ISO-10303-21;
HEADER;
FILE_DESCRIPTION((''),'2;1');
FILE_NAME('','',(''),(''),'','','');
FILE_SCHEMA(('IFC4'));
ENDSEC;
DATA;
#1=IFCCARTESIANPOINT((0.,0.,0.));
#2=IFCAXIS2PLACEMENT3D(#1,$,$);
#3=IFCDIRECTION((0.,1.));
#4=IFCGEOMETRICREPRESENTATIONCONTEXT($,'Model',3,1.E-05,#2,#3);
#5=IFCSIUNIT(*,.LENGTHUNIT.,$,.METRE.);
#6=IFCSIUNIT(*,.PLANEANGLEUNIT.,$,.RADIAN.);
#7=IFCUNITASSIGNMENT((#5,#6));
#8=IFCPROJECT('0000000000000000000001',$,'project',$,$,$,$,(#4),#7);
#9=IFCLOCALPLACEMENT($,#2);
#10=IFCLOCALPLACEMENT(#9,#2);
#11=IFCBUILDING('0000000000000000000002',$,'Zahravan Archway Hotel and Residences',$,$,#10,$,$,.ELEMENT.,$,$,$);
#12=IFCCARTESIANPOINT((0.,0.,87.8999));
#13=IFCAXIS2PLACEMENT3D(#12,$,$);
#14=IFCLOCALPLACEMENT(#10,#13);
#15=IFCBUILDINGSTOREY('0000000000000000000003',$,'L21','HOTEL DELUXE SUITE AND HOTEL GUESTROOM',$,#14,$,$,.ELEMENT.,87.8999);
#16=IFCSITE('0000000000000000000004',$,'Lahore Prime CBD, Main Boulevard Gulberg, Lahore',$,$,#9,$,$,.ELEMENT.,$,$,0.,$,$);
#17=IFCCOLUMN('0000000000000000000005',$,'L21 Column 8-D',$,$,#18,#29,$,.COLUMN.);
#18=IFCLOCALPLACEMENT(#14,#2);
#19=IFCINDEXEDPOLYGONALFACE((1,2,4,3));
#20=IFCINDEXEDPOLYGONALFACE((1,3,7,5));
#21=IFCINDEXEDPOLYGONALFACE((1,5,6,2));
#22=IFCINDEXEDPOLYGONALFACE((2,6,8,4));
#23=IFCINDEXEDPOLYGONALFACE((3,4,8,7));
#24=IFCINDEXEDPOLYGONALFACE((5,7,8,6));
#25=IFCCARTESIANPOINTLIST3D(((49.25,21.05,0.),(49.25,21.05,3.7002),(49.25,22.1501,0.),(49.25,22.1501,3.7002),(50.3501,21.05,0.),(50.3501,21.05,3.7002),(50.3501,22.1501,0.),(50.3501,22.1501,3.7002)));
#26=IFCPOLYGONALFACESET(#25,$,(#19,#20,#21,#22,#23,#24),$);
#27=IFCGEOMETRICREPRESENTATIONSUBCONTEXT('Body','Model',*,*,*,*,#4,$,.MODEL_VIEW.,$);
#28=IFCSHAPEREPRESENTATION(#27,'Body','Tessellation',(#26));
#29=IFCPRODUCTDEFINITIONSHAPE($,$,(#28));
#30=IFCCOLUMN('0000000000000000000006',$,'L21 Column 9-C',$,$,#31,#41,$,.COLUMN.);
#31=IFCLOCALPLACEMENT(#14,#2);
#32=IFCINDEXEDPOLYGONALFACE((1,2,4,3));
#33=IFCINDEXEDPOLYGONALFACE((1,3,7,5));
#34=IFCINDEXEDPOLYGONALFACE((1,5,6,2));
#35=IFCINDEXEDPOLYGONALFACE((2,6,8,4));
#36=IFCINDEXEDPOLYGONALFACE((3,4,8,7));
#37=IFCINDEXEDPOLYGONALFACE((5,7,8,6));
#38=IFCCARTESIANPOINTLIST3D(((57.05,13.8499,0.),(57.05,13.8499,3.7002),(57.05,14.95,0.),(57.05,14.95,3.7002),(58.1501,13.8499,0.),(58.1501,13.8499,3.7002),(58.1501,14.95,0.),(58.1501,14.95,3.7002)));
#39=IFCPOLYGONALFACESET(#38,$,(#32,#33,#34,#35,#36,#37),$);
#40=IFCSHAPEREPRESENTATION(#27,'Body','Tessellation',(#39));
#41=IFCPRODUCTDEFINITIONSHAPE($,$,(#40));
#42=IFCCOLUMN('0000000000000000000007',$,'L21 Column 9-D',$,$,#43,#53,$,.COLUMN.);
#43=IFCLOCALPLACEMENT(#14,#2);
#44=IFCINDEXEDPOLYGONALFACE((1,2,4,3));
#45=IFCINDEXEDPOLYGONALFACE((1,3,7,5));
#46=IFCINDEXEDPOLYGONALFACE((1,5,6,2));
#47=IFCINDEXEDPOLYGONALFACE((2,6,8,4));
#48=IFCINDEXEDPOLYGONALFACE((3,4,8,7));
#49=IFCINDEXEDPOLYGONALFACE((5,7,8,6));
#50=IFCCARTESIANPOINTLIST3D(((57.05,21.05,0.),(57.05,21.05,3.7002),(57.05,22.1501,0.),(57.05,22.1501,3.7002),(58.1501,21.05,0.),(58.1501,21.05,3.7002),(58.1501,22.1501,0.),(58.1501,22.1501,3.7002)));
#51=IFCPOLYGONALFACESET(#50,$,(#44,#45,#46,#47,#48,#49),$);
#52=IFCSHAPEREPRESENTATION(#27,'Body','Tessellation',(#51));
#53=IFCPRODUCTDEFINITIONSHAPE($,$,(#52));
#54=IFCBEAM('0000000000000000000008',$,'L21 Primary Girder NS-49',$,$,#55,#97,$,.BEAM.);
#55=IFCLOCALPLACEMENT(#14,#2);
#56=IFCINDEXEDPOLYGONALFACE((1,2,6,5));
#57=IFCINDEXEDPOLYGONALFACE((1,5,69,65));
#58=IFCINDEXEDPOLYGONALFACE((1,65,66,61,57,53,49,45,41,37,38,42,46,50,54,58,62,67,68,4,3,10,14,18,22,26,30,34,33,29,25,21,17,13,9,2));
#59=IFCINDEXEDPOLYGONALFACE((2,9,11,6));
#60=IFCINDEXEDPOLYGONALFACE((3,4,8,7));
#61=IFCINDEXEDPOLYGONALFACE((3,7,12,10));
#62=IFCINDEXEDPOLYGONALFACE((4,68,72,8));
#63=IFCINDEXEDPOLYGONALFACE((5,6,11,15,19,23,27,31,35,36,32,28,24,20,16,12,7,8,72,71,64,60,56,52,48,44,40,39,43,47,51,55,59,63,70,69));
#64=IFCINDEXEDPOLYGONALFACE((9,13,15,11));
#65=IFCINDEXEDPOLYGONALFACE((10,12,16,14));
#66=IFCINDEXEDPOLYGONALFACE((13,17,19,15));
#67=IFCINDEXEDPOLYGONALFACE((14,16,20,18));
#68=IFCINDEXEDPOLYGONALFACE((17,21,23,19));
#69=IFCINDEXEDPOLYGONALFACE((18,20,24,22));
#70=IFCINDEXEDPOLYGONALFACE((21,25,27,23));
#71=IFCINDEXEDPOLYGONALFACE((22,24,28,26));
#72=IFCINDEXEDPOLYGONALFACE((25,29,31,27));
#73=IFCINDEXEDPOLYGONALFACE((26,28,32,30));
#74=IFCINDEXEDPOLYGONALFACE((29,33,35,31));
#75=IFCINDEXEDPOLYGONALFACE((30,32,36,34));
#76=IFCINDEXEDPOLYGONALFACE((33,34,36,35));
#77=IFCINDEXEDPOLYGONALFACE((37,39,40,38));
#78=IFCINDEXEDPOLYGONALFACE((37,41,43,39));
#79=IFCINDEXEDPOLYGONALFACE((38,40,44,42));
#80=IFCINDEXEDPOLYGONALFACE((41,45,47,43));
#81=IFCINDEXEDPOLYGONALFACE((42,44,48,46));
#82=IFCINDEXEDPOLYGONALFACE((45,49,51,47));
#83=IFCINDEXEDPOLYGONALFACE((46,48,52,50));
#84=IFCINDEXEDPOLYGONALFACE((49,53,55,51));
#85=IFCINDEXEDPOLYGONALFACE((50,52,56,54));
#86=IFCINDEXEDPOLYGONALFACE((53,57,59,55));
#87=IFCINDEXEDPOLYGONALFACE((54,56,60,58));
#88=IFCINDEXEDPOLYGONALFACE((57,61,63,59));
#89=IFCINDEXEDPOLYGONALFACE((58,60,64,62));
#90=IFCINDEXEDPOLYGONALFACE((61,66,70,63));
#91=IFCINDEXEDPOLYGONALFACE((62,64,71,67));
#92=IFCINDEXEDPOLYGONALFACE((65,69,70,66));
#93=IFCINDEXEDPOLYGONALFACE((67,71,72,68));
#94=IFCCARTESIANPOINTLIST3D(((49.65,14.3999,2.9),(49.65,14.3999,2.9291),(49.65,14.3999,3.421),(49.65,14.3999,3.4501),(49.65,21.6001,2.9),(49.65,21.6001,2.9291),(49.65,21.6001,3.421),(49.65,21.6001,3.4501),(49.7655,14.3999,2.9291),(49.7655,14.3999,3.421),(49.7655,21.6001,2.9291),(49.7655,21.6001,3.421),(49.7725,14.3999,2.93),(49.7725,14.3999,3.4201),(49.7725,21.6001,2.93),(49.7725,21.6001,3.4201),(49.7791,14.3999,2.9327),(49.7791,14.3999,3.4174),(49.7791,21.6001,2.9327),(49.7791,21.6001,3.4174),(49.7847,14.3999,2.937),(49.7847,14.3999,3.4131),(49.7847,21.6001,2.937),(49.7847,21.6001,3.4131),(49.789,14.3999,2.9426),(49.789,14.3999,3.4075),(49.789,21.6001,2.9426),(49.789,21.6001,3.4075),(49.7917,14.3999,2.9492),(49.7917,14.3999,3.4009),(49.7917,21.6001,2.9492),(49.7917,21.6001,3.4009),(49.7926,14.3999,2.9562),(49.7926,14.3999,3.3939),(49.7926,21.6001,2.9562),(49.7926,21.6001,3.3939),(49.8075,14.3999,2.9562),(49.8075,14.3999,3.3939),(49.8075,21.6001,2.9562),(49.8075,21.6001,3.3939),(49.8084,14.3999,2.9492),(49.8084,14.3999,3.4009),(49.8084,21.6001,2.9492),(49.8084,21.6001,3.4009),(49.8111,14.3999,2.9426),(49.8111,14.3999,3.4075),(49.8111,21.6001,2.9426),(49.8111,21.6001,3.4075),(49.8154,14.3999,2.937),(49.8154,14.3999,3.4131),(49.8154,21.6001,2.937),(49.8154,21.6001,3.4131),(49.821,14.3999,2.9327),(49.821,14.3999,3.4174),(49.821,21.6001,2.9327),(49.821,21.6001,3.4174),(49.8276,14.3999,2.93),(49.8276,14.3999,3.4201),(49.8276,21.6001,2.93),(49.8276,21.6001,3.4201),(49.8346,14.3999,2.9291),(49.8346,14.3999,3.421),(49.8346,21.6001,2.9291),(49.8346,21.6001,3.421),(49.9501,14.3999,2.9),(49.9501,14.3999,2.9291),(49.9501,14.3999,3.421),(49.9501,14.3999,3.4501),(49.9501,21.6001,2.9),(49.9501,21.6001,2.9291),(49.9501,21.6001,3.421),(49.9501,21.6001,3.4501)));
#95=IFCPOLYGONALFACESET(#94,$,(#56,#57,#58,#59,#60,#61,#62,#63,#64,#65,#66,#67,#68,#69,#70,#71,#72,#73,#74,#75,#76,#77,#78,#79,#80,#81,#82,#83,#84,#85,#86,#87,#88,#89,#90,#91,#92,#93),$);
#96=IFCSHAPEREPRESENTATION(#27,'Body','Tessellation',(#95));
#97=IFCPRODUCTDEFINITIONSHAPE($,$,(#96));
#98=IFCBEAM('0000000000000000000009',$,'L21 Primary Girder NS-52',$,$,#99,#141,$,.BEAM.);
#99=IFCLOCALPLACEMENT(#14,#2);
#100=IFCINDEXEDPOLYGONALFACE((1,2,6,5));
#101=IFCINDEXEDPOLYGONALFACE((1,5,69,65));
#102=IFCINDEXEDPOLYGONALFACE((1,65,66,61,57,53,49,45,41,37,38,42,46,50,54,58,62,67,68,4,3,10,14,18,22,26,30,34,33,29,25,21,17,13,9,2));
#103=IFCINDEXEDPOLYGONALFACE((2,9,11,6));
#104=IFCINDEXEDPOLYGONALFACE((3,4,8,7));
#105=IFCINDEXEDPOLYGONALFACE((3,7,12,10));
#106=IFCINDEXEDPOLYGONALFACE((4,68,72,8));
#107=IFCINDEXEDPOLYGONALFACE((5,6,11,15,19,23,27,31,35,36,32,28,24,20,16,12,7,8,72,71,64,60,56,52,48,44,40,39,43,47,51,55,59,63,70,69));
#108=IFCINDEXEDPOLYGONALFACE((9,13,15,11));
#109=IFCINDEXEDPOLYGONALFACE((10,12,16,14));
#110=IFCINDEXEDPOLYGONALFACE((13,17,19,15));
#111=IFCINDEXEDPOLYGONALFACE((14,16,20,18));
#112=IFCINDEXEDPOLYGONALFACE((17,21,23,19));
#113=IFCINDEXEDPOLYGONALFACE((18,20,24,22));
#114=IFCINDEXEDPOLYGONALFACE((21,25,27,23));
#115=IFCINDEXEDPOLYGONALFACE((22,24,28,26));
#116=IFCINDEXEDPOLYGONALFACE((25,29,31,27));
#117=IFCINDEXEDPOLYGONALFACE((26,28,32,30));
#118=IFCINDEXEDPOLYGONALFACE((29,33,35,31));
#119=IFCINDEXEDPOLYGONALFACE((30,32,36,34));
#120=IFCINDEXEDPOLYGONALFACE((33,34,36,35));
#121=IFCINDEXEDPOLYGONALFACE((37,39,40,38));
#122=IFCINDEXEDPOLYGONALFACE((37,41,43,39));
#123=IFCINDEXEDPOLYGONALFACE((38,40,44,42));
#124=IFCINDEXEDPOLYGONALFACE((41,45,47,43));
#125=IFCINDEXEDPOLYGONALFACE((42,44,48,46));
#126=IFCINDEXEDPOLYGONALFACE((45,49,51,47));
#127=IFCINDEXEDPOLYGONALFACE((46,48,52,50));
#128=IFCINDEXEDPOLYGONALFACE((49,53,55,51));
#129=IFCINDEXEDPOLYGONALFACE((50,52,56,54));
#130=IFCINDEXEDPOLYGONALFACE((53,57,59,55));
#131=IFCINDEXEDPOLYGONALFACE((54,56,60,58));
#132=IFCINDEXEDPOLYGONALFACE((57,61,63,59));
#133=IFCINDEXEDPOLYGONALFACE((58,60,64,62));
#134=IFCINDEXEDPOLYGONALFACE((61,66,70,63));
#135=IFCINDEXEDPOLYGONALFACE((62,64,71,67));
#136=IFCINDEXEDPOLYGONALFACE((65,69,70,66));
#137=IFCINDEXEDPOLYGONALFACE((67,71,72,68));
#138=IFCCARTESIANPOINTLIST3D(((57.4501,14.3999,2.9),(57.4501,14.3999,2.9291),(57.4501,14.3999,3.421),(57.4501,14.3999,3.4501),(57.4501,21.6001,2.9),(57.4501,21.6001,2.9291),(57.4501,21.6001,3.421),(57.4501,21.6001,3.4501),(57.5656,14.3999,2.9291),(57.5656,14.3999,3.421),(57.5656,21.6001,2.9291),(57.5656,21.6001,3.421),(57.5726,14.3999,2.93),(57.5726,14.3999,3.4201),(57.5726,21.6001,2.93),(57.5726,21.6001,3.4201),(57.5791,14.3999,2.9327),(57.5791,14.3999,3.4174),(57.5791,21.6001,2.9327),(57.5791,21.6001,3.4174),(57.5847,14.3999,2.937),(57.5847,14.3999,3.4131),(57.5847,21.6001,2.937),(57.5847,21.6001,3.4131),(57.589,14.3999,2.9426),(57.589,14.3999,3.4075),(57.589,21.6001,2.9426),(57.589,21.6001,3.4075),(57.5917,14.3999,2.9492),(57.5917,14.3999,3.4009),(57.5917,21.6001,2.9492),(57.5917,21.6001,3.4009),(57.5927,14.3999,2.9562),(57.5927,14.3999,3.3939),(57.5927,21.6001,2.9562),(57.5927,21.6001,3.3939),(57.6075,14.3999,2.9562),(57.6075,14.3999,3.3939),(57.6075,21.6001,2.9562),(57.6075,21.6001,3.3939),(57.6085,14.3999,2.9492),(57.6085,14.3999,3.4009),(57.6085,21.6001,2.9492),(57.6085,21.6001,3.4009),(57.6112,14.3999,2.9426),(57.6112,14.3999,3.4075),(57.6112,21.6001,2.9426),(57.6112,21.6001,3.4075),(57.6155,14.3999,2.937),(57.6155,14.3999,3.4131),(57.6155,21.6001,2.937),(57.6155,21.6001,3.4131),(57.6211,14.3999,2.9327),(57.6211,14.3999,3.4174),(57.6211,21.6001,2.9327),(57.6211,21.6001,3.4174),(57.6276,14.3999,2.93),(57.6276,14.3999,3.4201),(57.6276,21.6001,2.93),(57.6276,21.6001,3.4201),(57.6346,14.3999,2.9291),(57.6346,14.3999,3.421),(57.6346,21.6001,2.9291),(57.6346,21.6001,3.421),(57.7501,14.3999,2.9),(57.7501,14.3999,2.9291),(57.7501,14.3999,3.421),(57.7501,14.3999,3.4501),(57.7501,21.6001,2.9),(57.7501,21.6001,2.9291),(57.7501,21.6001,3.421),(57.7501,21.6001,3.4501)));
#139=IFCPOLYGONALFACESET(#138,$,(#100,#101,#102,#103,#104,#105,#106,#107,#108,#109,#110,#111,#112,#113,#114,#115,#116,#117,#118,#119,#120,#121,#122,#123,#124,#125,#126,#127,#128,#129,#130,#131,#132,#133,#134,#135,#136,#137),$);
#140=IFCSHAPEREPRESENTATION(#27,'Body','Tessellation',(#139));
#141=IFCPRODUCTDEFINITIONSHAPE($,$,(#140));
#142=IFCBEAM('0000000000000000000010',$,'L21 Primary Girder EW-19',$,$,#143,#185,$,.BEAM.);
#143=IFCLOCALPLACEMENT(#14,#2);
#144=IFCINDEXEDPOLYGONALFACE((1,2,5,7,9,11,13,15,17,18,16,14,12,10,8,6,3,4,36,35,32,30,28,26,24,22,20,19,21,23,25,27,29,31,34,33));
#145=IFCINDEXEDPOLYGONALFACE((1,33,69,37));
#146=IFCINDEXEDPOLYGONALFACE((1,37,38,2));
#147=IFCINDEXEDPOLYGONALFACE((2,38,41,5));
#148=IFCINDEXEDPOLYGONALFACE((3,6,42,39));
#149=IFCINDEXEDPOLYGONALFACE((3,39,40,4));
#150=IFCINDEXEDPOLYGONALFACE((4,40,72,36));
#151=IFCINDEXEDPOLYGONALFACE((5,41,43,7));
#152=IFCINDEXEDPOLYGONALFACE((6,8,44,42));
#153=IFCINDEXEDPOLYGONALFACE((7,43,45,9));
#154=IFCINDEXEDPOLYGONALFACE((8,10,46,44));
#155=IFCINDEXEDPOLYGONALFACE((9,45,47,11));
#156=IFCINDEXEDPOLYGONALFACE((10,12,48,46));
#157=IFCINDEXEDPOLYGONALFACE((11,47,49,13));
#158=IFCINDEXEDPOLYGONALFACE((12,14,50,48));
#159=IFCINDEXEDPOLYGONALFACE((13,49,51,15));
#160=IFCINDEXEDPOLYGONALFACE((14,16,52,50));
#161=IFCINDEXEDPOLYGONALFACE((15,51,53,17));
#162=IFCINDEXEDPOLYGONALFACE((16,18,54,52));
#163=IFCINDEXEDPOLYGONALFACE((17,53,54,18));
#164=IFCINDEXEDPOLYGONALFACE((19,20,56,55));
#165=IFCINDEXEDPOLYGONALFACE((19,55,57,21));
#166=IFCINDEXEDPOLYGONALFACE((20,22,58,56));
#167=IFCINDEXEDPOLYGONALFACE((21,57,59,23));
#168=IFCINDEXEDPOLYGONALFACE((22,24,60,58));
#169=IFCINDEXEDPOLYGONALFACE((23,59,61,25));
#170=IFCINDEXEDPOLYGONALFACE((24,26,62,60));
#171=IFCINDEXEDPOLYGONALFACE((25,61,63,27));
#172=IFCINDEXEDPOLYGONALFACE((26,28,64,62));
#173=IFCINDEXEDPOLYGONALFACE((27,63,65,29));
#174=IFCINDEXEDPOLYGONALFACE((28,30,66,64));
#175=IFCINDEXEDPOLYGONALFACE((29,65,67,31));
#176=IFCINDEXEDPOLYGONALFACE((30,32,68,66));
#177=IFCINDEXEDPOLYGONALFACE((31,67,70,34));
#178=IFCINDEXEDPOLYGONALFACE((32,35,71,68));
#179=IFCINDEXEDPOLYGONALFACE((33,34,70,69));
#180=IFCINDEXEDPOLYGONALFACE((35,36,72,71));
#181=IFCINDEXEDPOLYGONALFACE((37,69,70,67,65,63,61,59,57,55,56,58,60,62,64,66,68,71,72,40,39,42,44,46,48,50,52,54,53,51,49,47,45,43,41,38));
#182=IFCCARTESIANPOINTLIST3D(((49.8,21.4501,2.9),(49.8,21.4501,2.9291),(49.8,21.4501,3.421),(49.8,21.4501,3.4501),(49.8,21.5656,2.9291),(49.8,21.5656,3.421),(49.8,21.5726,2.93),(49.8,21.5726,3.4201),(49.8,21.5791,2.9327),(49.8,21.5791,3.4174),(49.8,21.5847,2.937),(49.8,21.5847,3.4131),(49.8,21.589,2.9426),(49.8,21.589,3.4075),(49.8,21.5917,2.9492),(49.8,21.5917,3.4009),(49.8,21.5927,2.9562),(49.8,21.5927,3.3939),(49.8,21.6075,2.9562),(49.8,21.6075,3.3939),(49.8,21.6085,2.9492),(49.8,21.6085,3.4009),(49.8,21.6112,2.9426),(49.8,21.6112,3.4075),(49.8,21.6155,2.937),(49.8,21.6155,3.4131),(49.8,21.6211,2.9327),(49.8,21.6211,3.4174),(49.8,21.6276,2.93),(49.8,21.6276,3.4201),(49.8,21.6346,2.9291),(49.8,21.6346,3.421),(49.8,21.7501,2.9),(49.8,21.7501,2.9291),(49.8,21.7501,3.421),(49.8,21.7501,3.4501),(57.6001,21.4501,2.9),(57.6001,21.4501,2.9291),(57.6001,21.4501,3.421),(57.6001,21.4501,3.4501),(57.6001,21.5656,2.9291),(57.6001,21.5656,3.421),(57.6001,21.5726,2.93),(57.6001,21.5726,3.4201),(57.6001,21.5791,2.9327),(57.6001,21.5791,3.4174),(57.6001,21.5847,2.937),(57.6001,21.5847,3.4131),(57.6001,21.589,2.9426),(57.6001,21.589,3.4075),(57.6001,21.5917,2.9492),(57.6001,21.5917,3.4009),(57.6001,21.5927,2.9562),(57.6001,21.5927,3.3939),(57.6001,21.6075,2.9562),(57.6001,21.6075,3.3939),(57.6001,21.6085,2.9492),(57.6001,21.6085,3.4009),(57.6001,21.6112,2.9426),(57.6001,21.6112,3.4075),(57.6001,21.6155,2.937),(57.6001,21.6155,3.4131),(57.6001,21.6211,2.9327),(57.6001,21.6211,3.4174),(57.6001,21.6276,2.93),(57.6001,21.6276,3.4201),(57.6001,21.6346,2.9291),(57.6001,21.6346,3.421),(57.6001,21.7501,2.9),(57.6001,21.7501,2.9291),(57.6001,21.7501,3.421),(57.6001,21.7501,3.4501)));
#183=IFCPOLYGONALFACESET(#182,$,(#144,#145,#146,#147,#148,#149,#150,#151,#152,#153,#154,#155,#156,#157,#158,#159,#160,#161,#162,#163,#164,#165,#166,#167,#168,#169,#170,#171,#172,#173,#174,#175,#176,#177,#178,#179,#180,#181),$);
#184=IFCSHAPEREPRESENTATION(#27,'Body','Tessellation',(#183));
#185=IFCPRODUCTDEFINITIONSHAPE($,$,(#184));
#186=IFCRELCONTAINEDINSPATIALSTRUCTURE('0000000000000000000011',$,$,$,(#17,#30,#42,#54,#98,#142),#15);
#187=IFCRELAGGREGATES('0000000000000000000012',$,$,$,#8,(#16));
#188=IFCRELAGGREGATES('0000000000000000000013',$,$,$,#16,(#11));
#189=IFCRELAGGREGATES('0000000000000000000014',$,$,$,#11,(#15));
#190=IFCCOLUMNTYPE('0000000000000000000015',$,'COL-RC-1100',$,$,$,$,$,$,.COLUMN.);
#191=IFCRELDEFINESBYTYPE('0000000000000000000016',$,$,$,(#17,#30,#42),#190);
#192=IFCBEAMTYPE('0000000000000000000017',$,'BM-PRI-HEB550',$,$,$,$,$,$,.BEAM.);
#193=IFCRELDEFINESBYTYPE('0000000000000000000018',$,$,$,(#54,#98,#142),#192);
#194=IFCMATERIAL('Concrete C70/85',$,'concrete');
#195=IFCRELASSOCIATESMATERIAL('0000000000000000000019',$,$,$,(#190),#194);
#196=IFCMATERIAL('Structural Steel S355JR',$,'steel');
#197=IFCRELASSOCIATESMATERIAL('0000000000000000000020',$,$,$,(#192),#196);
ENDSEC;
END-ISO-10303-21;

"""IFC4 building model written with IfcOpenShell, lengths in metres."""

from ifc_helpers import new_model, si_unit, direction, frame, origin, origin_2d, place, context, subcontext, project, spatial, rectangle, i_section, extrude, source, transform, mapped, material, material_profile, profile_set, type_object, type_shapes, element, save


model = new_model("IFC4")

# Units and contexts
model_context = context("Model", 3, precision=1e-05, world=origin(), true_north=direction((0.0, 1.0)))
body_context = subcontext(model_context, "Body", "Model", "MODEL_VIEW")
ifc_project = project(units=[si_unit("LENGTHUNIT", "METRE"), si_unit("PLANEANGLEUNIT", "RADIAN")], contexts=[model_context])

# Site, building, storey
site_placement = place(None, origin())
site = spatial("IfcSite", under=ifc_project, at=site_placement, Name="Lahore Prime CBD, Main Boulevard Gulberg, Lahore", CompositionType="ELEMENT", RefElevation=0.0)
building_placement = place(site_placement, origin())
building = spatial("IfcBuilding", under=site, at=building_placement, Name="Zahravan Archway Hotel and Residences", CompositionType="ELEMENT")
storey_placement = place(building_placement, frame((0.0, 0.0, 87.8999)))
storey = spatial("IfcBuildingStorey", under=building, at=storey_placement, Name="L21", Description="HOTEL DELUXE SUITE AND HOTEL GUESTROOM", CompositionType="ELEMENT", Elevation=87.8999)

# Columns
ifc_material_1 = material(Name="Concrete C70/85", Category="concrete")
ifc_material_profile_1 = material_profile(ifc_material_1, rectangle(XDim=1.1001, YDim=1.1001, at=origin_2d()), Name="RC 1100x1100", Category="concrete")
ifc_profile_set_1 = profile_set([ifc_material_profile_1], Name="Concrete C70/85")
column_type = type_object("IfcColumnType", Name="COL-RC-1100", PredefinedType="COLUMN", material=ifc_profile_set_1)
shared_shape_1 = source(origin(), body_context, "Body", "SweptSolid", [
    extrude(rectangle(XDim=1.1001, YDim=1.1001, at=origin_2d()), origin(), (0.0, 0.0, 1.0), 3.7002),
])
for number, where, z_axis, x_axis, name in (
    (1, (49.8, 21.6001, 0.0), (0.0, 0.0, 1.0), (1.0, 0.0, 0.0), "L21 Column 8-D"),
    (2, (57.6001, 14.3999, 0.0), (0.0, 0.0, 1.0), (1.0, 0.0, 0.0), "L21 Column 9-C"),
    (3, (57.6001, 21.6001, 0.0), (0.0, 0.0, 1.0), (1.0, 0.0, 0.0), "L21 Column 9-D"),
):
    element("IfcColumn", number, at=place(storey_placement, frame(where, z_axis=z_axis, x_axis=x_axis)), inside=storey, type_object=column_type, Name=name, PredefinedType="COLUMN", context=body_context, shape_type="MappedRepresentation", body=[
        mapped(shared_shape_1, transform((0.0, 0.0, 0.0), scale=1.0)),
    ])

# Beams
ifc_material_2 = material(Name="Structural Steel S355JR", Category="steel")
ifc_material_profile_2 = material_profile(ifc_material_2, i_section(OverallWidth=0.3, OverallDepth=0.55, WebThickness=0.0149, FlangeThickness=0.0291, FilletRadius=0.0271, at=origin_2d()), Name="HEB 550", Category="steel")
ifc_profile_set_2 = profile_set([ifc_material_profile_2], Name="Structural Steel S355JR")
beam_type_1 = type_object("IfcBeamType", Name="BM-PRI-HEB550", PredefinedType="BEAM", material=ifc_profile_set_2)
shared_shape_2 = source(origin(), body_context, "Body", "SweptSolid", [
    extrude(i_section(OverallWidth=0.3, OverallDepth=0.55, WebThickness=0.0149, FlangeThickness=0.0291, FilletRadius=0.0271, at=origin_2d()), origin(), (0.0, 0.0, 1.0), 7.2002),
])
type_shapes(beam_type_1, [shared_shape_2])
for number, where, z_axis, x_axis, name in (
    (4, (49.8, 14.3999, 3.175), (0.0, 1.0, 0.0), (-1.0, 0.0, 0.0), "L21 Primary Girder NS-49"),
    (5, (57.6001, 14.3999, 3.175), (0.0, 1.0, 0.0), (-1.0, 0.0, 0.0), "L21 Primary Girder NS-52"),
):
    element("IfcBeam", number, at=place(storey_placement, frame(where, z_axis=z_axis, x_axis=x_axis)), inside=storey, type_object=beam_type_1, Name=name, PredefinedType="BEAM", context=body_context, shape_type="MappedRepresentation", body=[
        mapped(shared_shape_2, transform((0.0, 0.0, 0.0), scale=1.0)),
    ])
shared_shape_3 = source(origin(), body_context, "Body", "SweptSolid", [
    extrude(i_section(OverallWidth=0.3, OverallDepth=0.55, WebThickness=0.0149, FlangeThickness=0.0291, FilletRadius=0.0271, at=origin_2d()), origin(), (0.0, 0.0, 1.0), 7.8),
])
beam_1_placement = place(storey_placement, frame((49.8, 21.6001, 3.175), z_axis=(1.0, 0.0, 0.0), x_axis=(0.0, 1.0, 0.0)))
element("IfcBeam", 6, at=beam_1_placement, inside=storey, type_object=beam_type_1, Name="L21 Primary Girder EW-19", PredefinedType="BEAM", context=body_context, shape_type="MappedRepresentation", body=[
    mapped(shared_shape_3, transform((0.0, 0.0, 0.0), scale=1.0)),
])

save(model, "model.ifc")
